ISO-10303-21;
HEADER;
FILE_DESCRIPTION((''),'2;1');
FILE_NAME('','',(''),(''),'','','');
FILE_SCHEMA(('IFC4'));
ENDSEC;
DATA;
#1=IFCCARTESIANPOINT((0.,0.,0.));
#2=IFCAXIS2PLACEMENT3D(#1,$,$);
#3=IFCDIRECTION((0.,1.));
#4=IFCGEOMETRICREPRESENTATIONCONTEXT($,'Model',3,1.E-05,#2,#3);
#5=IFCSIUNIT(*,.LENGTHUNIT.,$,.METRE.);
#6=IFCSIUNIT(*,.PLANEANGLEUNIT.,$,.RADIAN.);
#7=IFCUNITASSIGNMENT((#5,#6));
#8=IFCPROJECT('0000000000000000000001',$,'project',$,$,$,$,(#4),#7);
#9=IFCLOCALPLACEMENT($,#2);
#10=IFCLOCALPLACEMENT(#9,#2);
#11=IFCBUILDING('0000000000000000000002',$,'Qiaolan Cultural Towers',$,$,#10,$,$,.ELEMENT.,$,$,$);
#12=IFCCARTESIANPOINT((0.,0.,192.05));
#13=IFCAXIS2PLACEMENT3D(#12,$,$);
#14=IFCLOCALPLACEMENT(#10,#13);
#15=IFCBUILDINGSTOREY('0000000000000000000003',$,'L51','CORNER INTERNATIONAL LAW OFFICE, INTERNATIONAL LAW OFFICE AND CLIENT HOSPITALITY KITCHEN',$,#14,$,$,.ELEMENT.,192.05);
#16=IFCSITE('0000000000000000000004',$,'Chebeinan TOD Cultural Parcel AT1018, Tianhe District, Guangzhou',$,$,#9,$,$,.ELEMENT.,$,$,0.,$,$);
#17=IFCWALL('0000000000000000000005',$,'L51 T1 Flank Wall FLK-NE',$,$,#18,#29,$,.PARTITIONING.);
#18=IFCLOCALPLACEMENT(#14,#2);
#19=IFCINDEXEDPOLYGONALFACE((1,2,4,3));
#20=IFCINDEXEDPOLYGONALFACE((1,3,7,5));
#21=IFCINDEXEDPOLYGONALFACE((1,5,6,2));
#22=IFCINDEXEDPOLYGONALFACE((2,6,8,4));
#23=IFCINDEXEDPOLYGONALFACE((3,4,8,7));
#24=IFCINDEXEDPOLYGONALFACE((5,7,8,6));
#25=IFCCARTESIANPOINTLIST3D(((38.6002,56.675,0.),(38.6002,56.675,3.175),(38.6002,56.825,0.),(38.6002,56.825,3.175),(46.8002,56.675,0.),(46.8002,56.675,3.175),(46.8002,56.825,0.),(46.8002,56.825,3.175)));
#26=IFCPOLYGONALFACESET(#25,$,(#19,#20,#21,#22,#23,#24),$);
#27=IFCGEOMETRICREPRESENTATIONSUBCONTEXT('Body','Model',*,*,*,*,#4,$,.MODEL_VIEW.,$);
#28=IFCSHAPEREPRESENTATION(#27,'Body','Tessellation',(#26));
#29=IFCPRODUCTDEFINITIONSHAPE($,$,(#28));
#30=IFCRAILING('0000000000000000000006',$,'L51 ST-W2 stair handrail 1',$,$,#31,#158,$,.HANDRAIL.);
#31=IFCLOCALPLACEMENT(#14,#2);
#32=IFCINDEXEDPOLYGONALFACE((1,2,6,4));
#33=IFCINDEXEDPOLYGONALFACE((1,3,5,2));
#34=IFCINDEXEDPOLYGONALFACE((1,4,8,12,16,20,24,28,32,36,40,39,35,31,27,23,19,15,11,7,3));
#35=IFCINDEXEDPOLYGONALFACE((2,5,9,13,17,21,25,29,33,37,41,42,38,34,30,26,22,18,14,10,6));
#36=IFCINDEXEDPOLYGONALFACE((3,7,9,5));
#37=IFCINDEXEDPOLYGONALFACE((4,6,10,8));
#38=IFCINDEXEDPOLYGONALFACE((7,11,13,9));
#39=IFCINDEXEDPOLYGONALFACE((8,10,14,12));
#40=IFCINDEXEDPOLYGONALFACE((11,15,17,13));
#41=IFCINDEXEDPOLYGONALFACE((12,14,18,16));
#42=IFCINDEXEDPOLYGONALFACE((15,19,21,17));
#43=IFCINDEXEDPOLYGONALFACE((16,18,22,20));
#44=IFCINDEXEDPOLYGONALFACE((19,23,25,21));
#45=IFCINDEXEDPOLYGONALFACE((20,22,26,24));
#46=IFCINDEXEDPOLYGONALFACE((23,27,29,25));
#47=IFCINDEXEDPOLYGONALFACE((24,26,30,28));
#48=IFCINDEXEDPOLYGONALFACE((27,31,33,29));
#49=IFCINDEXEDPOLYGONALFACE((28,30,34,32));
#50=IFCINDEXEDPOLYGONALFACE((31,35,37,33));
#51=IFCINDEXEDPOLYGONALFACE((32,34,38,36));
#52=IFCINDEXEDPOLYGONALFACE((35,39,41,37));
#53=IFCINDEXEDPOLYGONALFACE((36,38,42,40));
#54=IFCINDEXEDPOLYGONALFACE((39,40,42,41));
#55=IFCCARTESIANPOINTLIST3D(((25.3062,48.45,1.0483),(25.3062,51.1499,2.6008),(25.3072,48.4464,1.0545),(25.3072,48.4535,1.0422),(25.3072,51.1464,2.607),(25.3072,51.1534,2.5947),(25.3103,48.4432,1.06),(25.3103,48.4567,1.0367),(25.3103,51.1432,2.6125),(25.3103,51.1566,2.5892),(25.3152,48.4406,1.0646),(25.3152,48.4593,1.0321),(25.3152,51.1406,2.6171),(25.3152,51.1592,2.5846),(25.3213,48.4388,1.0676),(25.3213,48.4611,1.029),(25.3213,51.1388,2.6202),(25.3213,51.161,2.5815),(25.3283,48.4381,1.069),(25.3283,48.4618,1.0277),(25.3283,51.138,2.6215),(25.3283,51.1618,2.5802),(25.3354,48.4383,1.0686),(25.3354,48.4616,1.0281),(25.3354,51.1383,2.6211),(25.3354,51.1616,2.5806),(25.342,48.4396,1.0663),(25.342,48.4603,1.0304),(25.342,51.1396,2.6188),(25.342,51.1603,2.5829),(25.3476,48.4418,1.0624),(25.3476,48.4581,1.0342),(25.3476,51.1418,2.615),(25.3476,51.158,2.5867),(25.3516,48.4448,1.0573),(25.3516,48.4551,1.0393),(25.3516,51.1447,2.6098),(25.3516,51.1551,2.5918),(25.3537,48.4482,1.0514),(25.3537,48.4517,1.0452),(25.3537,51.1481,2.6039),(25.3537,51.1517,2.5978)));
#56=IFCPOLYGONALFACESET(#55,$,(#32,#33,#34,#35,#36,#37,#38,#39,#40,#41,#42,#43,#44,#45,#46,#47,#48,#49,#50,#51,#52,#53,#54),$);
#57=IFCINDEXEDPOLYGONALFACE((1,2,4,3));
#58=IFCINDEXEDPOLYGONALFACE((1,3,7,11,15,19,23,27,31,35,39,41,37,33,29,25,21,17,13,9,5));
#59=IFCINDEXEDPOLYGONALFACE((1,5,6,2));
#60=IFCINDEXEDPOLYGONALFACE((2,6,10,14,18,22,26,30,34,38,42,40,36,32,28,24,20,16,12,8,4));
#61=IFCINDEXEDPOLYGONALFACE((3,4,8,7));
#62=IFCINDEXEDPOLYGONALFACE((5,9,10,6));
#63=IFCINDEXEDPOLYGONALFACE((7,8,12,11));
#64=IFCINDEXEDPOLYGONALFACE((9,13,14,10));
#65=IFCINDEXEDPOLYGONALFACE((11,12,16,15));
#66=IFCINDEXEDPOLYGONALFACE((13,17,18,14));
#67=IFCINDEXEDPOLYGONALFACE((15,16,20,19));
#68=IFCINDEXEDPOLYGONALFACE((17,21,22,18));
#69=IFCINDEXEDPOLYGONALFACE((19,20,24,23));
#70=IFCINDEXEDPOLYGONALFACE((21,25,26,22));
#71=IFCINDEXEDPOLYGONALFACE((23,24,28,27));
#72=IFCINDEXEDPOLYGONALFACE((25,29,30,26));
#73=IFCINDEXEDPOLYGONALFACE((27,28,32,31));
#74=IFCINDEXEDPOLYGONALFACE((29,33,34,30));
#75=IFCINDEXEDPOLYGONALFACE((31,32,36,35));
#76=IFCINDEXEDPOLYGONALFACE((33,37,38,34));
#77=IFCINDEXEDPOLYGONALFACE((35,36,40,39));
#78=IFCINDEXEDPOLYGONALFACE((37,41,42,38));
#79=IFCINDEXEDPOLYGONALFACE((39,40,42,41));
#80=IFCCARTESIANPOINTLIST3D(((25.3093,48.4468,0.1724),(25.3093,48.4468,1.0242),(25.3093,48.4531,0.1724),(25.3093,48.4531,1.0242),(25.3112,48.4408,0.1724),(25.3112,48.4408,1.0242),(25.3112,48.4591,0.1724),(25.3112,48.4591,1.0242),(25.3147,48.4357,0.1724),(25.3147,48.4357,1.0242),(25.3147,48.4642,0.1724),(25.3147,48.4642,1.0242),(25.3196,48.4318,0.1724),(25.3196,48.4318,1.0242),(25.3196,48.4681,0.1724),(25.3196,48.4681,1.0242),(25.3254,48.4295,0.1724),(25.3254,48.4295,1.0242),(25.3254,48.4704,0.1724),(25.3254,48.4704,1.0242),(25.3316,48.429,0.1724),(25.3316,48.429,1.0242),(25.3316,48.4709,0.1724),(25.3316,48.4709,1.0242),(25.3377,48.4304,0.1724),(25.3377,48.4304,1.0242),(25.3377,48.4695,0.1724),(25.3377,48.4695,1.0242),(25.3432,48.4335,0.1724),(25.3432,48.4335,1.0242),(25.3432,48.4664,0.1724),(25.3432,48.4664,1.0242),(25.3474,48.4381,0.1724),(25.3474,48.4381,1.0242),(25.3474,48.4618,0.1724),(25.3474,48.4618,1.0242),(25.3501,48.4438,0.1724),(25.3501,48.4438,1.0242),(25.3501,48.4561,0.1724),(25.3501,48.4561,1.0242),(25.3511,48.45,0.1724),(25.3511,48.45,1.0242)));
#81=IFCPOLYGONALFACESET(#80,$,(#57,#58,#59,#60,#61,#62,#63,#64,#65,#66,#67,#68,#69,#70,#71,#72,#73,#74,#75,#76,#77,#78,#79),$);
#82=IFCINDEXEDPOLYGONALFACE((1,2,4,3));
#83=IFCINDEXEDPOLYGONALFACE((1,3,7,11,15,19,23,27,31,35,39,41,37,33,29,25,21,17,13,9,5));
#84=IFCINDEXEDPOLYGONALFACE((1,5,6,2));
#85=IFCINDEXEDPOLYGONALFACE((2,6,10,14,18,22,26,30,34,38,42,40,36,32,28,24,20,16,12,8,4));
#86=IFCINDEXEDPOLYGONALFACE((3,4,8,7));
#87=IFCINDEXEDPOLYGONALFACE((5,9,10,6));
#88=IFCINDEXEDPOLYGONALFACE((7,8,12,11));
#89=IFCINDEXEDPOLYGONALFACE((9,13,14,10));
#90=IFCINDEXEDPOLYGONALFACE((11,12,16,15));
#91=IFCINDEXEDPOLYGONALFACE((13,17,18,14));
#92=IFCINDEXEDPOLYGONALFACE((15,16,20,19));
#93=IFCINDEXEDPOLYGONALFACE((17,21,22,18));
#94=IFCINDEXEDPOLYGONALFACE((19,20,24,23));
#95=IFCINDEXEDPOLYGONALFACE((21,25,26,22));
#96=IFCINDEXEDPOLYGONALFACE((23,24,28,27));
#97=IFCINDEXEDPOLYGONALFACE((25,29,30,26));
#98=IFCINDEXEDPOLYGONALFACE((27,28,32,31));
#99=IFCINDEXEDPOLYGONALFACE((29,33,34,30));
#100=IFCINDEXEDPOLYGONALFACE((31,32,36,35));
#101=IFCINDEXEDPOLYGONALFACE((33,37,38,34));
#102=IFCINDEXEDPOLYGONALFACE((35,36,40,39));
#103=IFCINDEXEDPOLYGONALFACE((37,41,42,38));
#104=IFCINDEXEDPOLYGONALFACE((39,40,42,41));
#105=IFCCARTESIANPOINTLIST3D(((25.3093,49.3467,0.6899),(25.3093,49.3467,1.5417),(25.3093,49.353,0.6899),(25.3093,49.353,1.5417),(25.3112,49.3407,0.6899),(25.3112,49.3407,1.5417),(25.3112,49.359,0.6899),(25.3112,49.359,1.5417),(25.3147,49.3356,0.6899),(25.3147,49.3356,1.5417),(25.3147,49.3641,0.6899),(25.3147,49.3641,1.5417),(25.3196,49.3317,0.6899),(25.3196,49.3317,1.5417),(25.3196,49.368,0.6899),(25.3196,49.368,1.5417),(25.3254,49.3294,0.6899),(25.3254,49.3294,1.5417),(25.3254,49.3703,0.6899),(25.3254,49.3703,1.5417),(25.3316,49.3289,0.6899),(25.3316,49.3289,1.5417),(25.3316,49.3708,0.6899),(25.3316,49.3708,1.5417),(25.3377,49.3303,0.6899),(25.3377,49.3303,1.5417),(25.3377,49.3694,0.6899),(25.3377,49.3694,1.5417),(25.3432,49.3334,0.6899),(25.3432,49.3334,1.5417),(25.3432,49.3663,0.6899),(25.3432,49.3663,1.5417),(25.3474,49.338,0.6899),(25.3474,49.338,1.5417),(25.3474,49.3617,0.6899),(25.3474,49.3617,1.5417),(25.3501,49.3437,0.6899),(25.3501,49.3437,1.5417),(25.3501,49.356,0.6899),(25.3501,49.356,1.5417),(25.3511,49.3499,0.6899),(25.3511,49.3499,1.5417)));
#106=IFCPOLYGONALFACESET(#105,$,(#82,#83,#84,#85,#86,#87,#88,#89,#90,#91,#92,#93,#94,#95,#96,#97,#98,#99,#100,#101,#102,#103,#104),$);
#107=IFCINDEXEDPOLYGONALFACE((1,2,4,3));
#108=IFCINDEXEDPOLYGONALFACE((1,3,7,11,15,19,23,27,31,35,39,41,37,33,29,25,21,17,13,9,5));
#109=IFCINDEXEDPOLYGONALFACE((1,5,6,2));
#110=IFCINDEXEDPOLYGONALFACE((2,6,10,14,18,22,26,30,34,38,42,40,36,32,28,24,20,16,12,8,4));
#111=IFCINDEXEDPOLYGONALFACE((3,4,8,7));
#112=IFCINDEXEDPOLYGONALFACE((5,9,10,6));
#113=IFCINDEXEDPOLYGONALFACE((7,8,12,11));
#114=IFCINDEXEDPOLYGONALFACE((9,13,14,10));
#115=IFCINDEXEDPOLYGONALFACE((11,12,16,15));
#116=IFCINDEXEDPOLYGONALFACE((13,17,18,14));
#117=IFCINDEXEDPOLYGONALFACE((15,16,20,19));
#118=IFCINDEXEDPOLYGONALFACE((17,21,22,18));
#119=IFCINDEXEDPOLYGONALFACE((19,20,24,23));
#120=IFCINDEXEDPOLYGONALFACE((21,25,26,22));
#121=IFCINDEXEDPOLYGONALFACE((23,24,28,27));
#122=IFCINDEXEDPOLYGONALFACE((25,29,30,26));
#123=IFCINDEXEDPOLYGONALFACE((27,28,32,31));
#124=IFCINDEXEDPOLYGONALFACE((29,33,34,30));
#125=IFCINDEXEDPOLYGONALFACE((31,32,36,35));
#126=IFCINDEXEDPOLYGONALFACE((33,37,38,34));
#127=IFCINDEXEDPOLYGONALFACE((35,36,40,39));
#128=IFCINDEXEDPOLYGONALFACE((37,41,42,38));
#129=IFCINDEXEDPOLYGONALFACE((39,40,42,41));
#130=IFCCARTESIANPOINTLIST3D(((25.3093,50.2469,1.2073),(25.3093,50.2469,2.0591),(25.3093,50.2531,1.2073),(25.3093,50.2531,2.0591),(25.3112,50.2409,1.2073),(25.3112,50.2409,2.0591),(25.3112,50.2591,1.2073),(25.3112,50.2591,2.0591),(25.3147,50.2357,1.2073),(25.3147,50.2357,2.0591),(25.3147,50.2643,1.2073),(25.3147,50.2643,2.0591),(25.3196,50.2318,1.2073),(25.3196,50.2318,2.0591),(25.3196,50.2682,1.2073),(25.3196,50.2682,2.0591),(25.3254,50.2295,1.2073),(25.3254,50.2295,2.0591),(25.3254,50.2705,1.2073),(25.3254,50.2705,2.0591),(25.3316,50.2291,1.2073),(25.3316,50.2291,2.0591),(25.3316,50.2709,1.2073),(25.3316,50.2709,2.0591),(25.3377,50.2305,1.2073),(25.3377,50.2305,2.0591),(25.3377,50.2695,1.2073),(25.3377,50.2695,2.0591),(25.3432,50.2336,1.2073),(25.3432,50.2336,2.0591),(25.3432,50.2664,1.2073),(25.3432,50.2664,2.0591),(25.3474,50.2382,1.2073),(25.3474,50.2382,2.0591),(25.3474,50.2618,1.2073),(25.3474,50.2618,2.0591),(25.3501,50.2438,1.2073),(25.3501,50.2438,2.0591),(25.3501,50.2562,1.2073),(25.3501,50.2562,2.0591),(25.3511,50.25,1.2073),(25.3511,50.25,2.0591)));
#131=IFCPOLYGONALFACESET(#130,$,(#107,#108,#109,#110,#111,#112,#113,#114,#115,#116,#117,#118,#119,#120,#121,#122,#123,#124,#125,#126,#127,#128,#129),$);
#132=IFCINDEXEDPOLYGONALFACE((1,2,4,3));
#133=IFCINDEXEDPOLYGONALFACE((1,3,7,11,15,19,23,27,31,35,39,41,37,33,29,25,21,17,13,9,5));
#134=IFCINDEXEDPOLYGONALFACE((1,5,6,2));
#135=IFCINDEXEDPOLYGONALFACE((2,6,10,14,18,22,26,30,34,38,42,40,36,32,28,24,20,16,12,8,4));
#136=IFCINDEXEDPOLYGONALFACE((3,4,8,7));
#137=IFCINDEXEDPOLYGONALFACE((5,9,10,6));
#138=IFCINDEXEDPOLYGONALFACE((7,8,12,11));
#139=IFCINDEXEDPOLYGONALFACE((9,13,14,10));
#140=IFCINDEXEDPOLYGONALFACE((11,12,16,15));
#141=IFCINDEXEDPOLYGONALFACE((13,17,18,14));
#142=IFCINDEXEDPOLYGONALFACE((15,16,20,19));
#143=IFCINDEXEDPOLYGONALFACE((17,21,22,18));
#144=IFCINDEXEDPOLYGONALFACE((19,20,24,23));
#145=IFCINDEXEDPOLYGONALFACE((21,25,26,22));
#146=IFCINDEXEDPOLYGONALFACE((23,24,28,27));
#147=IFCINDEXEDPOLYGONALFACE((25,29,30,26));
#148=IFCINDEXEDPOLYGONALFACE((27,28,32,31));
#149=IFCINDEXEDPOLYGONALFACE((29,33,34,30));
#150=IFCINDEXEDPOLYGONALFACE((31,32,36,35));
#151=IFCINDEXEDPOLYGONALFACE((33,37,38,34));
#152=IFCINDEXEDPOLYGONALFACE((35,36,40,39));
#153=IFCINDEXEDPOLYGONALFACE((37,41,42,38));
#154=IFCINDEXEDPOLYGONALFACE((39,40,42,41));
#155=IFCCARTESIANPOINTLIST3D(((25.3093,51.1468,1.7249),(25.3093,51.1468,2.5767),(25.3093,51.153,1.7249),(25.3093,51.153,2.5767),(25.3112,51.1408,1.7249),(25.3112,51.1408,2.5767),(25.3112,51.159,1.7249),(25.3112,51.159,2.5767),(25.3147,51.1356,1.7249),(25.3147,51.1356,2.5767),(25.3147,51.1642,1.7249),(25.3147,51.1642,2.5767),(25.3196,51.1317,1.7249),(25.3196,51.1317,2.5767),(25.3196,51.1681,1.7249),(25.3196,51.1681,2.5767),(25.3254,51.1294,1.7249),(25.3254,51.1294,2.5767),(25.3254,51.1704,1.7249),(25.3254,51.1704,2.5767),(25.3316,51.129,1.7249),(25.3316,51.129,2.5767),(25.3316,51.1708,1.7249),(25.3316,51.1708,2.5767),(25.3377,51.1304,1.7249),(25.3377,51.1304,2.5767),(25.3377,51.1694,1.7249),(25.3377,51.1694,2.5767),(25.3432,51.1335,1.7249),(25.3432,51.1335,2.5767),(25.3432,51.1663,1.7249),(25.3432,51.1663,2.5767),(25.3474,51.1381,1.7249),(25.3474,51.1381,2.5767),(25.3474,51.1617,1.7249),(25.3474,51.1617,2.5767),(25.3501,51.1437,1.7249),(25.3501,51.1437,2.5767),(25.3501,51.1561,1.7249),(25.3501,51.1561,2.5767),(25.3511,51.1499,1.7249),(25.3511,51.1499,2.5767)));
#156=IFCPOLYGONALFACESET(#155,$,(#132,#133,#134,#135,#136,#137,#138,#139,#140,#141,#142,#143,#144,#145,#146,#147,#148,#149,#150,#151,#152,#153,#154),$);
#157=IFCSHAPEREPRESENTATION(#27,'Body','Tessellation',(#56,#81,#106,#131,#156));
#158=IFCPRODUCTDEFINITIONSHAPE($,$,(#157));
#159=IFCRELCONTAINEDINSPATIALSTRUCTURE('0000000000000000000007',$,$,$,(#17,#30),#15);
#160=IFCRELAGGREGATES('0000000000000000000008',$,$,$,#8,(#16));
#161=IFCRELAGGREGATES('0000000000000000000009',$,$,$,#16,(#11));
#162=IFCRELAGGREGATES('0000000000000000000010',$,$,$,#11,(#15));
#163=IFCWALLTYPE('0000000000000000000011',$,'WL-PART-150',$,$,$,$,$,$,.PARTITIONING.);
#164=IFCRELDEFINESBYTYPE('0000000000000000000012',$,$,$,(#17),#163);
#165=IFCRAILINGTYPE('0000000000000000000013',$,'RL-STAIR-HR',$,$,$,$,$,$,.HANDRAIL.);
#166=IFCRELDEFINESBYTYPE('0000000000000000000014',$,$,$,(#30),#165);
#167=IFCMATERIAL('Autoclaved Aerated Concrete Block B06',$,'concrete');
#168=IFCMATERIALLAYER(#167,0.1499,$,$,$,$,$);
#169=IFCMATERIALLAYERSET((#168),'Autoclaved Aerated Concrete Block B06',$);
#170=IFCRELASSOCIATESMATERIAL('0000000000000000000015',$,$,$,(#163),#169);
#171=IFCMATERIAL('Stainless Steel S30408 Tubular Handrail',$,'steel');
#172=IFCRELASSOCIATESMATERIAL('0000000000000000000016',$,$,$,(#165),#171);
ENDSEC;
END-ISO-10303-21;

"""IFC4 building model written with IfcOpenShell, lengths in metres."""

from ifc_helpers import new_model, si_unit, direction, frame, frame_2d, origin, origin_2d, place, context, subcontext, project, spatial, rectangle, circle, extrude, material, layer, layer_set, type_object, element, save


model = new_model("IFC4")

# Units and contexts
model_context = context("Model", 3, precision=1e-05, world=origin(), true_north=direction((0.0, 1.0)))
body_context = subcontext(model_context, "Body", "Model", "MODEL_VIEW")
ifc_project = project(units=[si_unit("LENGTHUNIT", "METRE"), si_unit("PLANEANGLEUNIT", "RADIAN")], contexts=[model_context])

# Site, building, storey
site_placement = place(None, origin())
site = spatial("IfcSite", under=ifc_project, at=site_placement, Name="Chebeinan TOD Cultural Parcel AT1018, Tianhe District, Guangzhou", CompositionType="ELEMENT", RefElevation=0.0)
building_placement = place(site_placement, origin())
building = spatial("IfcBuilding", under=site, at=building_placement, Name="Qiaolan Cultural Towers", CompositionType="ELEMENT")
storey_placement = place(building_placement, frame((0.0, 0.0, 192.05)))
storey = spatial("IfcBuildingStorey", under=building, at=storey_placement, Name="L51", Description="CORNER INTERNATIONAL LAW OFFICE, INTERNATIONAL LAW OFFICE AND CLIENT HOSPITALITY KITCHEN", CompositionType="ELEMENT", Elevation=192.05)

# Shared definitions
ifc_material_1 = material(Name="Autoclaved Aerated Concrete Block B06", Category="concrete")
ifc_layer_1 = layer(ifc_material_1, 0.1499)
ifc_layer_set_1 = layer_set([ifc_layer_1], Name="Autoclaved Aerated Concrete Block B06")
wall_type_1 = type_object("IfcWallType", Name="WL-PART-150", PredefinedType="PARTITIONING", material=ifc_layer_set_1)

# Wall
wall_1_placement = place(storey_placement, frame((38.6001, 56.75, 0.0), z_axis=(0.0, 0.0, 1.0), x_axis=(1.0, 0.0, 0.0)))
element("IfcWall", 1, at=wall_1_placement, inside=storey, type_object=wall_type_1, Name="L51 T1 Flank Wall FLK-NE", PredefinedType="PARTITIONING", context=body_context, shape_type="SweptSolid", body=[
    extrude(rectangle(XDim=8.2, YDim=0.1499, at=frame_2d((4.1001, 0.0))), origin(), (0.0, 0.0, 1.0), 3.175),
])

# Railing
ifc_material_2 = material(Name="Stainless Steel S30408 Tubular Handrail", Category="steel")
railing_type = type_object("IfcRailingType", Name="RL-STAIR-HR", PredefinedType="HANDRAIL", material=ifc_material_2)
railing_placement = place(storey_placement, frame((25.3301, 48.45, 0.1724)))
element("IfcRailing", 2, at=railing_placement, inside=storey, type_object=railing_type, Name="L51 ST-W2 stair handrail 1", PredefinedType="HANDRAIL", context=body_context, shape_type="SweptSolid", body=[
    extrude(circle(Radius=0.0239, at=origin_2d()), frame((0.0, 0.0, 0.876), z_axis=(0.0, 0.866904, 0.498476), x_axis=(-1.0, 0.0, 0.0)), (0.0, 0.0, 1.0), 3.1145),
    extrude(circle(Radius=0.021, at=origin_2d()), origin(), (0.0, 0.0, 1.0), 0.8518),
    extrude(circle(Radius=0.021, at=origin_2d()), frame((0.0, 0.8999, 0.5176)), (0.0, 0.0, 1.0), 0.8518),
    extrude(circle(Radius=0.021, at=origin_2d()), frame((0.0, 1.8, 1.0349)), (0.0, 0.0, 1.0), 0.8518),
    extrude(circle(Radius=0.021, at=origin_2d()), frame((0.0, 2.7, 1.5525)), (0.0, 0.0, 1.0), 0.8518),
])

save(model, "model.ifc")
